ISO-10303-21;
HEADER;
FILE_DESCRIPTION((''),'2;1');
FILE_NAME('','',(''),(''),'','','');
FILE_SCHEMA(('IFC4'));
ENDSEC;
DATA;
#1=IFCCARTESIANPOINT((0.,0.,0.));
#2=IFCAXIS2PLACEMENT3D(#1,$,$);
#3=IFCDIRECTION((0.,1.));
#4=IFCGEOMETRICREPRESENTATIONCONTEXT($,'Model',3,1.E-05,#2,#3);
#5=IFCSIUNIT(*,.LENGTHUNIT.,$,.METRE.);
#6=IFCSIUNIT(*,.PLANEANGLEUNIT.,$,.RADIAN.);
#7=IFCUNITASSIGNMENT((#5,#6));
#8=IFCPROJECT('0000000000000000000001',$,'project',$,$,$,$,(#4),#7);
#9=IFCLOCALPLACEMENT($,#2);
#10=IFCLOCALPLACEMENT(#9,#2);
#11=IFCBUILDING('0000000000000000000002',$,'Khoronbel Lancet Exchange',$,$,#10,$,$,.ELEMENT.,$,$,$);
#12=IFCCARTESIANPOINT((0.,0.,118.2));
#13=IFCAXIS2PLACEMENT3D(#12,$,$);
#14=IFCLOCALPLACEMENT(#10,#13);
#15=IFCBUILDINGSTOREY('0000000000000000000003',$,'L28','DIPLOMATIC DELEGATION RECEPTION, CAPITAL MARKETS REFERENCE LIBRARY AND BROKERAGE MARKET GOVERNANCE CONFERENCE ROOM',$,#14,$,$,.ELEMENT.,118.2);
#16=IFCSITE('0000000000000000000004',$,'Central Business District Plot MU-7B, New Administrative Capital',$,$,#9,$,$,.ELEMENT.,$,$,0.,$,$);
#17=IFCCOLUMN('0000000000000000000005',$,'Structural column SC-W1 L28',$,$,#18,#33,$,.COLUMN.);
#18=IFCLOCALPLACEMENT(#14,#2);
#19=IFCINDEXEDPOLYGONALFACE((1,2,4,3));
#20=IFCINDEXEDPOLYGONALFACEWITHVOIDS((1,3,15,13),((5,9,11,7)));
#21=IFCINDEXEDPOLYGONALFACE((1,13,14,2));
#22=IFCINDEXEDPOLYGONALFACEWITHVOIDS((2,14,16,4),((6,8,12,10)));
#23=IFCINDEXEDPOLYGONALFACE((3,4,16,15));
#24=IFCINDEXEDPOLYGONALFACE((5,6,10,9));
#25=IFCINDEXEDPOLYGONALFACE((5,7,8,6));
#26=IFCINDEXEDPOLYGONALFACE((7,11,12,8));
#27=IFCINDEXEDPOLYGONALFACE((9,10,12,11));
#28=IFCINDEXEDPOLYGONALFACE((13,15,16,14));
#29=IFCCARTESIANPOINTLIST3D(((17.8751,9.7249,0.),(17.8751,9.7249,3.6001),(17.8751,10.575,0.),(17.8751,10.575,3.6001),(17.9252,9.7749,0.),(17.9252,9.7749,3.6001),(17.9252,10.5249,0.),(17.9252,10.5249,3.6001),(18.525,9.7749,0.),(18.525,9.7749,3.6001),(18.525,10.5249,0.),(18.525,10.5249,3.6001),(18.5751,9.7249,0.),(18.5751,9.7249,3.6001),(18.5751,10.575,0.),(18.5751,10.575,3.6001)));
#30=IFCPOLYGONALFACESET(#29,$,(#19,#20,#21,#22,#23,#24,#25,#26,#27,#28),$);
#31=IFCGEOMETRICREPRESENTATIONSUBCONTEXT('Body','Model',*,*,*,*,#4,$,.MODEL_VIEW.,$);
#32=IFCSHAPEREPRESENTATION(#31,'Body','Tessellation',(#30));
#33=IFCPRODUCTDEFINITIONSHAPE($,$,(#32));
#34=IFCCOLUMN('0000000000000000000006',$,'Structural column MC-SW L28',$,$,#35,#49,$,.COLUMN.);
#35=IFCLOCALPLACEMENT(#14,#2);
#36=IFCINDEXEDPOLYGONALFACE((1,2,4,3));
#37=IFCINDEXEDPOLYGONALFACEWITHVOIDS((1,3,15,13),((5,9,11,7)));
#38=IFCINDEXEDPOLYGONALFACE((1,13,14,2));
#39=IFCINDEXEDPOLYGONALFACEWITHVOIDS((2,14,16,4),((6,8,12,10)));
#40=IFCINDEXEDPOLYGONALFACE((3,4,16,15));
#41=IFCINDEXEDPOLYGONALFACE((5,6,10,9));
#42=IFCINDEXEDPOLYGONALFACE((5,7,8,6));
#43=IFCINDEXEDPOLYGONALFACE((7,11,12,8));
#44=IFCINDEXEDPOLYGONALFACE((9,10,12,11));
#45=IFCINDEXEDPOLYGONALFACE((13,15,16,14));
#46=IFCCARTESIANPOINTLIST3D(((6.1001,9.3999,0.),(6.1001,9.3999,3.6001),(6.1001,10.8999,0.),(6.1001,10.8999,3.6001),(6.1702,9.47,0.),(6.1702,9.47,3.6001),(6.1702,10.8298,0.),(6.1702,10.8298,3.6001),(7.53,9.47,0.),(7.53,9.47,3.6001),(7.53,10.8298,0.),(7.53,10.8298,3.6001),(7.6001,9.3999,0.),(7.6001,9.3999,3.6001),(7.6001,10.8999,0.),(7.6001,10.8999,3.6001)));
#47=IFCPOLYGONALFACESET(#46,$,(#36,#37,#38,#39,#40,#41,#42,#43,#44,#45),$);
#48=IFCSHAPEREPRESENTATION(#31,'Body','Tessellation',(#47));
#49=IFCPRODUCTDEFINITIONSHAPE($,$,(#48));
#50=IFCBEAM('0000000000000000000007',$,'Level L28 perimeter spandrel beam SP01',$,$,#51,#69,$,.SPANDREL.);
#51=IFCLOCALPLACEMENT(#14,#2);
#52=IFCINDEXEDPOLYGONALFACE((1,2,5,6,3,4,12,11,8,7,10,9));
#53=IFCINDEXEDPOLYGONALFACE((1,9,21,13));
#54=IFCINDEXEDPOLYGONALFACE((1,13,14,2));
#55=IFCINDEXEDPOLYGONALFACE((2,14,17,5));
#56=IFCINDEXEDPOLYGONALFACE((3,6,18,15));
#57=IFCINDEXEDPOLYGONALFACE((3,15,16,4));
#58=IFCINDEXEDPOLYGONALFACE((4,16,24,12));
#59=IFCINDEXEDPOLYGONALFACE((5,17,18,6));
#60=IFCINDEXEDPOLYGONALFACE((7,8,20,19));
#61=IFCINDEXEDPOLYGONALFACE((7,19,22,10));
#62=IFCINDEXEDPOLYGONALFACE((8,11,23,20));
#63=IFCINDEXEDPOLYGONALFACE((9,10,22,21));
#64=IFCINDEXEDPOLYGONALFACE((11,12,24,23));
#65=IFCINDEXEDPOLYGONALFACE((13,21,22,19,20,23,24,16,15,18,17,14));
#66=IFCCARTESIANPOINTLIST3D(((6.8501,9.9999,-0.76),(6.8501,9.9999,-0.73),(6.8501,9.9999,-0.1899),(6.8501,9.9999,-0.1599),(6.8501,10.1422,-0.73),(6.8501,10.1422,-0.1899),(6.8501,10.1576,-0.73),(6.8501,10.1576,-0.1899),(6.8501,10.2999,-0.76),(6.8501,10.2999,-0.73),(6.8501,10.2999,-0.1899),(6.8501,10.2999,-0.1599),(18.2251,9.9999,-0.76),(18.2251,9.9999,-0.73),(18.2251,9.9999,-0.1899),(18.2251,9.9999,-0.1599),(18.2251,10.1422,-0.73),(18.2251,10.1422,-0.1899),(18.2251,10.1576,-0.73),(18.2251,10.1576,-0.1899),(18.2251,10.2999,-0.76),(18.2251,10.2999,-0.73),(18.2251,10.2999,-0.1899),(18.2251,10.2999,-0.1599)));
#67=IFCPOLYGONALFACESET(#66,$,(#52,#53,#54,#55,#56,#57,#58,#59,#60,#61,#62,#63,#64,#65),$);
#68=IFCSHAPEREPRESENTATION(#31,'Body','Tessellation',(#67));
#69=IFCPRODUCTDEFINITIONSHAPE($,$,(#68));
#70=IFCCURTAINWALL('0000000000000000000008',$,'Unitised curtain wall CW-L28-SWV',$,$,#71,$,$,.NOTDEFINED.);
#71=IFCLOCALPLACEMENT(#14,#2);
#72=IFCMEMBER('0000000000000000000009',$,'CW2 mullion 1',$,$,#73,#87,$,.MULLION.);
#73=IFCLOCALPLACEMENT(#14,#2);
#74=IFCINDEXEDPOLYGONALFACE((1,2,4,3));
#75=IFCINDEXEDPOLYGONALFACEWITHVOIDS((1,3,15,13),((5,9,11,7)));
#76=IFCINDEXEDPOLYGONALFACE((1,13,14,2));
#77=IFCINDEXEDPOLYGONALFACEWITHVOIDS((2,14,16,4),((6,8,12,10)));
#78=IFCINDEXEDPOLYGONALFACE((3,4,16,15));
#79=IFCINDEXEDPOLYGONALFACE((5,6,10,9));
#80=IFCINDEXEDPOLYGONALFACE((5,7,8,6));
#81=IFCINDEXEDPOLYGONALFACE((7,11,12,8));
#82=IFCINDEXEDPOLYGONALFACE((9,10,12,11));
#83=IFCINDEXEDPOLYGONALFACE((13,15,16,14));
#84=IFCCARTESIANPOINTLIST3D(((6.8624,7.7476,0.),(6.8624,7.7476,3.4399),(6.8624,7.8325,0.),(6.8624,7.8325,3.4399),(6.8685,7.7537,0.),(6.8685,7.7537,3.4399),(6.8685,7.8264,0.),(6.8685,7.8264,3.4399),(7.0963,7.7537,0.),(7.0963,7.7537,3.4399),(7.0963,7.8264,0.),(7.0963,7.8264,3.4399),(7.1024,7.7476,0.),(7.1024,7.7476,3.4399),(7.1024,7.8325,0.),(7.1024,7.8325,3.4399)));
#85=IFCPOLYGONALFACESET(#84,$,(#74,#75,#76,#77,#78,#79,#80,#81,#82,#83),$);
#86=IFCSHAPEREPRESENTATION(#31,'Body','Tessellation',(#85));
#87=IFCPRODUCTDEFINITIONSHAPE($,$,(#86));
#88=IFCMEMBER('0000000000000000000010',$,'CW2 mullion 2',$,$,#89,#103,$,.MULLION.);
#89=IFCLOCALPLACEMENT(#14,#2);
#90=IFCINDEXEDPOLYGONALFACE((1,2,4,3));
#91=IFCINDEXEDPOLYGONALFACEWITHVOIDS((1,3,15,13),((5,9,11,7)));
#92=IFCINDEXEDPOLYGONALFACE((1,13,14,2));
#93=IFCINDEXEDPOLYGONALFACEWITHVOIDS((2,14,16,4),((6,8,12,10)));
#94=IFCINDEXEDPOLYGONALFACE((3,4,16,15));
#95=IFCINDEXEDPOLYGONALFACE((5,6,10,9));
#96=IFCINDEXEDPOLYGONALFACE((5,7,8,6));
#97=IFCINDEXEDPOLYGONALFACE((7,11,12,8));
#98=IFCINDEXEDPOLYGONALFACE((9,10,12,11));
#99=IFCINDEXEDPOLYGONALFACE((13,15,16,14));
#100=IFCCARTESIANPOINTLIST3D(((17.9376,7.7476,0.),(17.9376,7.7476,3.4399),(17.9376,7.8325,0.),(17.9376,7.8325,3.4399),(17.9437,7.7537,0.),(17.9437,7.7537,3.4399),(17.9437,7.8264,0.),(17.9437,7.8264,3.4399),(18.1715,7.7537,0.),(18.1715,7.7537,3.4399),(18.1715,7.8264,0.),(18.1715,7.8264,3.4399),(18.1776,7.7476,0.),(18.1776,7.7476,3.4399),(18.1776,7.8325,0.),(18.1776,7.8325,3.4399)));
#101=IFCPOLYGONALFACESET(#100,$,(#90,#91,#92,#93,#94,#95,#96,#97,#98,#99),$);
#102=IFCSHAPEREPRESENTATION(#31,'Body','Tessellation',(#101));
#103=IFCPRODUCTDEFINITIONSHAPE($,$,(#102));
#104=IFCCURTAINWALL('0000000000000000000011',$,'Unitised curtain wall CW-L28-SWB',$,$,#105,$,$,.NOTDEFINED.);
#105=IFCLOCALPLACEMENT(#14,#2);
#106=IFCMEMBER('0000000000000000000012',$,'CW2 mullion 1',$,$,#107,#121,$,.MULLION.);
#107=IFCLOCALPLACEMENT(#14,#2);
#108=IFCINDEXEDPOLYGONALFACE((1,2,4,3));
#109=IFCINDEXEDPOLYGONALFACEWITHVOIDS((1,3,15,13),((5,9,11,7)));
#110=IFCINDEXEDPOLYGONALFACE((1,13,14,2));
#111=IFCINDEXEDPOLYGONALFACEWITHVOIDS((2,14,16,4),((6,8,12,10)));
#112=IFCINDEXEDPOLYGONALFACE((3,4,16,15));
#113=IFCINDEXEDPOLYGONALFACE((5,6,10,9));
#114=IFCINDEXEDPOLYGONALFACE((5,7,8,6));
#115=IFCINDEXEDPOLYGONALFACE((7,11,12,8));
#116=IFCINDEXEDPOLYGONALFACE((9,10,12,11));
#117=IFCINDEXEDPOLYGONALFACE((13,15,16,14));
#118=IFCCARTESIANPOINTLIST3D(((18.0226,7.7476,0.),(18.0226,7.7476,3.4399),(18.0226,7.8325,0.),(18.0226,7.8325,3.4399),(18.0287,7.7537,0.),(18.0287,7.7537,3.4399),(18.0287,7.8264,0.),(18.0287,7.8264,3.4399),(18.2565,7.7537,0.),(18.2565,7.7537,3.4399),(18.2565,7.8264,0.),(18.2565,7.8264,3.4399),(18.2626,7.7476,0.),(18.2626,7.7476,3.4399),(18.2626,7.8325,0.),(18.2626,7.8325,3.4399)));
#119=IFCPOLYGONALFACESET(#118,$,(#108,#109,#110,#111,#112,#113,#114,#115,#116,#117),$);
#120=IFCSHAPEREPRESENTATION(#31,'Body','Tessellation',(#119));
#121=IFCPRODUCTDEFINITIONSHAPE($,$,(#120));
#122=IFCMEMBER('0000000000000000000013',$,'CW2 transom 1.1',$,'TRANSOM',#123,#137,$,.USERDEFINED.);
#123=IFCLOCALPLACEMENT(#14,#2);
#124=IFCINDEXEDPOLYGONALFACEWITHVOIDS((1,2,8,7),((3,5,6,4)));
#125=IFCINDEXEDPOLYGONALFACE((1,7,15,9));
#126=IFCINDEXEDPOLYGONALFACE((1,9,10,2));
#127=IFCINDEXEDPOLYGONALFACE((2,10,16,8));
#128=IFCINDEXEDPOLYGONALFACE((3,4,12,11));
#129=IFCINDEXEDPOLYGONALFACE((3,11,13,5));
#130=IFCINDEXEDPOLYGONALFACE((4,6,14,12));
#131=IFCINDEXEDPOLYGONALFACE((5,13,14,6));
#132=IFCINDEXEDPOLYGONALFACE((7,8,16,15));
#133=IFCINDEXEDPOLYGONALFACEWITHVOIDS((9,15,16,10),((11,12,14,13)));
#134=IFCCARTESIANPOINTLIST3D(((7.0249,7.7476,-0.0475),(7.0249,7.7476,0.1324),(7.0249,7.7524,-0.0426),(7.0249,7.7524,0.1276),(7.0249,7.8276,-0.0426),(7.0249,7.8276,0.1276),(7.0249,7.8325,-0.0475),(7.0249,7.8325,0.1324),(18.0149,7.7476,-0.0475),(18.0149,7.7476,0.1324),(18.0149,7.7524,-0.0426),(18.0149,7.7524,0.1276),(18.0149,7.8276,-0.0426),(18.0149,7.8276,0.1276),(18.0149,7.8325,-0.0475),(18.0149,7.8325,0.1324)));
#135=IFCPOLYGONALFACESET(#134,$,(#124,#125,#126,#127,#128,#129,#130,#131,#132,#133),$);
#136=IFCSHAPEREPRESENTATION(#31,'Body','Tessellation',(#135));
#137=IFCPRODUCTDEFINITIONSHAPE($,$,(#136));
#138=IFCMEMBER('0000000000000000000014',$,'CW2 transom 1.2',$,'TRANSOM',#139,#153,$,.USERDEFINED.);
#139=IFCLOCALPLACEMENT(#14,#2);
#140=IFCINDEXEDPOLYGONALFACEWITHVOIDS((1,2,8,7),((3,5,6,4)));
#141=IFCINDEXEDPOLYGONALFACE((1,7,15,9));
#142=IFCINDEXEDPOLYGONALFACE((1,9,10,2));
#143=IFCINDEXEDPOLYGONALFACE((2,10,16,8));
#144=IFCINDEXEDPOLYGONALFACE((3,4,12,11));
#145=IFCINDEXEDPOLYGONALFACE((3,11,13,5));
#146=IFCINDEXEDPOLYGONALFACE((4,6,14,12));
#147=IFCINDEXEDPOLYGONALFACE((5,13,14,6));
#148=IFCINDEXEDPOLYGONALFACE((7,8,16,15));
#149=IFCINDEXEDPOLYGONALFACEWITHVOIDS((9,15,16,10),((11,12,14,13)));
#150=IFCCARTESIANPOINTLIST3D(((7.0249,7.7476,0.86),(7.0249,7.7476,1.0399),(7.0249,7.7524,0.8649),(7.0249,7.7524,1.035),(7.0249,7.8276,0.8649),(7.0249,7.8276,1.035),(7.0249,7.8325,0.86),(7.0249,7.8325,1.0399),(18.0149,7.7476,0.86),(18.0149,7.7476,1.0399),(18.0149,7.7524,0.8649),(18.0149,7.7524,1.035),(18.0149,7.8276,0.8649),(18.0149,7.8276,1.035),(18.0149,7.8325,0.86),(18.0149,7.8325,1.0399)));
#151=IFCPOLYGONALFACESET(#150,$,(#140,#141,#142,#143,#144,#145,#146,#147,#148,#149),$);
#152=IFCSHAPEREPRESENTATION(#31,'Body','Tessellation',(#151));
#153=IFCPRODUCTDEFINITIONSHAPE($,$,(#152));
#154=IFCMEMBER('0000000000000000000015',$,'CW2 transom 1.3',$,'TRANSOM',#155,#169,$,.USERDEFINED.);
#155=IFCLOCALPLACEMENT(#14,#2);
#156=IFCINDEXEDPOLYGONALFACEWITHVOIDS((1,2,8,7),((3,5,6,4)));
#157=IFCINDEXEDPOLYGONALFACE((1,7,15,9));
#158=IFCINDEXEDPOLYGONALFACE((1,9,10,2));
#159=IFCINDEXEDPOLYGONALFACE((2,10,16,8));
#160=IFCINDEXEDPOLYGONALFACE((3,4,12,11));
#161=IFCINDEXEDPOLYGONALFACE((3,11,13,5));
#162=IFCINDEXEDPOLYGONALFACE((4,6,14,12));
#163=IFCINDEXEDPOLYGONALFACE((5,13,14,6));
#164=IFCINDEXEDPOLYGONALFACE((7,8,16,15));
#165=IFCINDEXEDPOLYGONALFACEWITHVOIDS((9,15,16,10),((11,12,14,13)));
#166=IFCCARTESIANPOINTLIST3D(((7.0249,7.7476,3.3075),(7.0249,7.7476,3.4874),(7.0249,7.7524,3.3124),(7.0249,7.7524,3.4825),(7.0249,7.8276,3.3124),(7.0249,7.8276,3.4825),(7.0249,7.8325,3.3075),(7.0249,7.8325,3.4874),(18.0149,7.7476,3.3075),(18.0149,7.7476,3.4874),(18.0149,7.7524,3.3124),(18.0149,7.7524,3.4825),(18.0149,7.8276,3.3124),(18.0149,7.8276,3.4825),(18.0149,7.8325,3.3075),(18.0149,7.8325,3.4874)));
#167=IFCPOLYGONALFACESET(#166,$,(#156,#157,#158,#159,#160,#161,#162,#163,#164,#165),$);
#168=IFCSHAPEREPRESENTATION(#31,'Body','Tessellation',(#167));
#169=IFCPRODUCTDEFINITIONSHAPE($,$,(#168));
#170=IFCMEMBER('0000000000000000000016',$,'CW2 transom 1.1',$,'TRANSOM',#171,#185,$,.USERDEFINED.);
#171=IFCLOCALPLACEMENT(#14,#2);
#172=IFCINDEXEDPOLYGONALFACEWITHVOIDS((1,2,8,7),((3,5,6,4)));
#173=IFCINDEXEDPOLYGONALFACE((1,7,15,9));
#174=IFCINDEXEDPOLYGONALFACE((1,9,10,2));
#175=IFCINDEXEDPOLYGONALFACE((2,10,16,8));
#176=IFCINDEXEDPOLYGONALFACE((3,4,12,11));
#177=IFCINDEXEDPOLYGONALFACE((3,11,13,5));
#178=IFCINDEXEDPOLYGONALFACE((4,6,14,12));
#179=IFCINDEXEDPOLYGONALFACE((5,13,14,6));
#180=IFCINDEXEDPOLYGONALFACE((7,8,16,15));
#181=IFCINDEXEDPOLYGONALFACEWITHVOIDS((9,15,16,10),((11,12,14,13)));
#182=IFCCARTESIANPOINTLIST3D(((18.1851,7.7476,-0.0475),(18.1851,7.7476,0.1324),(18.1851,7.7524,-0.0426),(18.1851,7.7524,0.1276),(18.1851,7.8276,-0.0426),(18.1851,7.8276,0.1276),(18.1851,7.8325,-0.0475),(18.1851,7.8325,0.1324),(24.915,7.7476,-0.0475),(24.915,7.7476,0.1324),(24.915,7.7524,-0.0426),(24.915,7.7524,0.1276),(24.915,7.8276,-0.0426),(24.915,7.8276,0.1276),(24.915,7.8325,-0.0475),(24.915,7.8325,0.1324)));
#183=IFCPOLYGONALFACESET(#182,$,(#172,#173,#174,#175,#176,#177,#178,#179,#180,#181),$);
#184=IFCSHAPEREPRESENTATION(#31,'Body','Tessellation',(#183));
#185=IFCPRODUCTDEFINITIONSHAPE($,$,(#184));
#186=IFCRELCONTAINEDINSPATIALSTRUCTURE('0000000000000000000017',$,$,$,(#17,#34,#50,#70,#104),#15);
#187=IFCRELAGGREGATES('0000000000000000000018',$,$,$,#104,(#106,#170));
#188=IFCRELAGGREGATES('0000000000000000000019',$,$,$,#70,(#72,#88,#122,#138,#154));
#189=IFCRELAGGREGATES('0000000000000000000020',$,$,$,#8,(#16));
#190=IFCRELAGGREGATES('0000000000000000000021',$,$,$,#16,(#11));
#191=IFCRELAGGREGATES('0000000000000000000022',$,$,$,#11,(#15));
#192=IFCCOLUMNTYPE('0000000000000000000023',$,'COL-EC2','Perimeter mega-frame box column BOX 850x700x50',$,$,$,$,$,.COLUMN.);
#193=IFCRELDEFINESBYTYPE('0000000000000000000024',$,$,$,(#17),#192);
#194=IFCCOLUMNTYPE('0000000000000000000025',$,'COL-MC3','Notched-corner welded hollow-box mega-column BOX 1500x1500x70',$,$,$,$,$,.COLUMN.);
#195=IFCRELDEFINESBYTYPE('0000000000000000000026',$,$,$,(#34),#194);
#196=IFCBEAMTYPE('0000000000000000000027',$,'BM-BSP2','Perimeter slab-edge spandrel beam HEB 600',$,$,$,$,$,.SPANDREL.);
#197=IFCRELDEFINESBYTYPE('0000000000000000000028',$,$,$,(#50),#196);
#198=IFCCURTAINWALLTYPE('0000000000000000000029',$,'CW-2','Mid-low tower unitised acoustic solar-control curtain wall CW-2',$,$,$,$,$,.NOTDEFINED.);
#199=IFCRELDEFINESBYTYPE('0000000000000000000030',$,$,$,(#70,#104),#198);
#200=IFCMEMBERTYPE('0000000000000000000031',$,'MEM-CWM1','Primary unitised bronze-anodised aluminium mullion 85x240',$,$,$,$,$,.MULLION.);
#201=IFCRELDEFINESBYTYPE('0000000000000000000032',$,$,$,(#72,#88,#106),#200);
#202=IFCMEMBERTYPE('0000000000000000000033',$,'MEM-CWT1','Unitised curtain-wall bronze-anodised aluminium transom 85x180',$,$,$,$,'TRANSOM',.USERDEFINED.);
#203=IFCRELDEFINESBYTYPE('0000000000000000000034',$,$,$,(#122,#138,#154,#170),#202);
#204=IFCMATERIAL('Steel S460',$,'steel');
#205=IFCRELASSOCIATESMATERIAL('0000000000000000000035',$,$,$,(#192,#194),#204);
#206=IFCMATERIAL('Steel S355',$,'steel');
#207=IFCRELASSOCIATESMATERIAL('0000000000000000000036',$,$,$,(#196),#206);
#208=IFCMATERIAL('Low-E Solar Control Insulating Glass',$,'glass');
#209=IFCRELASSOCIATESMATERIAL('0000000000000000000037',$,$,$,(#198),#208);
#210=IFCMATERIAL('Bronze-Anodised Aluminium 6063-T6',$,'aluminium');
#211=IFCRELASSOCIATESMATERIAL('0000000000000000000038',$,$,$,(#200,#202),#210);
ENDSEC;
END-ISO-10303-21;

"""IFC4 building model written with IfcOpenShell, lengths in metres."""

from ifc_helpers import new_model, si_unit, direction, frame, origin, origin_2d, place, context, subcontext, project, spatial, hollow_rectangle, i_section, extrude, material, material_profile, profile_set, type_object, element, aggregate, save


model = new_model("IFC4")

# Units and contexts
model_context = context("Model", 3, precision=1e-05, world=origin(), true_north=direction((0.0, 1.0)))
body_context = subcontext(model_context, "Body", "Model", "MODEL_VIEW")
ifc_project = project(units=[si_unit("LENGTHUNIT", "METRE"), si_unit("PLANEANGLEUNIT", "RADIAN")], contexts=[model_context])

# Site, building, storey
site_placement = place(None, origin())
site = spatial("IfcSite", under=ifc_project, at=site_placement, Name="Central Business District Plot MU-7B, New Administrative Capital", CompositionType="ELEMENT", RefElevation=0.0)
building_placement = place(site_placement, origin())
building = spatial("IfcBuilding", under=site, at=building_placement, Name="Khoronbel Lancet Exchange", CompositionType="ELEMENT")
storey_placement = place(building_placement, frame((0.0, 0.0, 118.2)))
storey = spatial("IfcBuildingStorey", under=building, at=storey_placement, Name="L28", Description="DIPLOMATIC DELEGATION RECEPTION, CAPITAL MARKETS REFERENCE LIBRARY AND BROKERAGE MARKET GOVERNANCE CONFERENCE ROOM", CompositionType="ELEMENT", Elevation=118.2)

# Columns
ifc_material_1 = material(Name="Steel S460", Category="steel")
ifc_material_profile_1 = material_profile(ifc_material_1, hollow_rectangle(XDim=0.7, YDim=0.8501, WallThickness=0.05, at=origin_2d()), Name="BOX 850x700x50")
ifc_profile_set_1 = profile_set([ifc_material_profile_1], Name="Steel S460")
column_type_1 = type_object("IfcColumnType", Name="COL-EC2", Description="Perimeter mega-frame box column BOX 850x700x50", PredefinedType="COLUMN", material=ifc_profile_set_1)
column_1_placement = place(storey_placement, frame((18.2251, 10.1499, 0.0), z_axis=(0.0, 0.0, 1.0), x_axis=(1.0, 0.0, 0.0)))
element("IfcColumn", 1, at=column_1_placement, inside=storey, type_object=column_type_1, Name="Structural column SC-W1 L28", PredefinedType="COLUMN", context=body_context, shape_type="SweptSolid", body=[
    extrude(hollow_rectangle(XDim=0.7, YDim=0.8501, WallThickness=0.05, at=origin_2d()), origin(), (0.0, 0.0, 1.0), 3.6001),
])
ifc_material_profile_2 = material_profile(ifc_material_1, hollow_rectangle(XDim=1.5, YDim=1.5, WallThickness=0.0701, at=origin_2d()), Name="BOX 1500x1500x70")
ifc_profile_set_2 = profile_set([ifc_material_profile_2], Name="Steel S460")
column_type_2 = type_object("IfcColumnType", Name="COL-MC3", Description="Notched-corner welded hollow-box mega-column BOX 1500x1500x70", PredefinedType="COLUMN", material=ifc_profile_set_2)
column_2_placement = place(storey_placement, frame((6.8501, 10.1499, 0.0), z_axis=(0.0, 0.0, 1.0), x_axis=(1.0, 0.0, 0.0)))
element("IfcColumn", 2, at=column_2_placement, inside=storey, type_object=column_type_2, Name="Structural column MC-SW L28", PredefinedType="COLUMN", context=body_context, shape_type="SweptSolid", body=[
    extrude(hollow_rectangle(XDim=1.5, YDim=1.5, WallThickness=0.0701, at=origin_2d()), origin(), (0.0, 0.0, 1.0), 3.6001),
])

# Beam
ifc_material_2 = material(Name="Steel S355", Category="steel")
ifc_material_profile_3 = material_profile(ifc_material_2, i_section(OverallWidth=0.3, OverallDepth=0.6001, WebThickness=0.0154, FlangeThickness=0.03, at=origin_2d()), Name="HEB 600")
ifc_profile_set_3 = profile_set([ifc_material_profile_3], Name="Steel S355")
beam_type = type_object("IfcBeamType", Name="BM-BSP2", Description="Perimeter slab-edge spandrel beam HEB 600", PredefinedType="SPANDREL", material=ifc_profile_set_3)
beam_placement = place(storey_placement, frame((6.8501, 10.1499, -0.46), z_axis=(1.0, 0.0, 0.0), x_axis=(0.0, 1.0, 0.0)))
element("IfcBeam", 3, at=beam_placement, inside=storey, type_object=beam_type, Name="Level L28 perimeter spandrel beam SP01", PredefinedType="SPANDREL", context=body_context, shape_type="SweptSolid", body=[
    extrude(i_section(OverallWidth=0.3, OverallDepth=0.6001, WebThickness=0.0154, FlangeThickness=0.03, at=origin_2d()), origin(), (0.0, 0.0, 1.0), 11.375),
])

# Curtain wall, members
ifc_material_3 = material(Name="Low-E Solar Control Insulating Glass", Category="glass")
curtain_wall_type = type_object("IfcCurtainWallType", Name="CW-2", Description="Mid-low tower unitised acoustic solar-control curtain wall CW-2", PredefinedType="NOTDEFINED", material=ifc_material_3)
curtain_wall_1_placement = place(storey_placement, origin())
curtain_wall_1 = element("IfcCurtainWall", 4, at=curtain_wall_1_placement, inside=storey, type_object=curtain_wall_type, Name="Unitised curtain wall CW-L28-SWV", PredefinedType="NOTDEFINED")
ifc_material_4 = material(Name="Bronze-Anodised Aluminium 6063-T6", Category="aluminium")
ifc_material_profile_4 = material_profile(ifc_material_4, hollow_rectangle(XDim=0.085, YDim=0.24, WallThickness=0.0061, at=origin_2d()), Name="ALU MULLION 85x240")
ifc_profile_set_4 = profile_set([ifc_material_profile_4], Name="Bronze-Anodised Aluminium 6063-T6")
member_type_1 = type_object("IfcMemberType", Name="MEM-CWM1", Description="Primary unitised bronze-anodised aluminium mullion 85x240", PredefinedType="MULLION", material=ifc_profile_set_4)
member_1_placement = place(storey_placement, frame((6.9824, 7.79, 0.0), z_axis=(0.0, 0.0, 1.0), x_axis=(0.0, 1.0, 0.0)))
member_1 = element("IfcMember", 5, at=member_1_placement, type_object=member_type_1, Name="CW2 mullion 1", PredefinedType="MULLION", context=body_context, shape_type="SweptSolid", body=[
    extrude(hollow_rectangle(XDim=0.085, YDim=0.24, WallThickness=0.0061, at=origin_2d()), origin(), (0.0, 0.0, 1.0), 3.4399),
])
member_2_placement = place(storey_placement, frame((18.0576, 7.79, 0.0), z_axis=(0.0, 0.0, 1.0), x_axis=(0.0, 1.0, 0.0)))
member_2 = element("IfcMember", 6, at=member_2_placement, type_object=member_type_1, Name="CW2 mullion 2", PredefinedType="MULLION", context=body_context, shape_type="SweptSolid", body=[
    extrude(hollow_rectangle(XDim=0.085, YDim=0.24, WallThickness=0.0061, at=origin_2d()), origin(), (0.0, 0.0, 1.0), 3.4399),
])

# Curtain wall, member
curtain_wall_2_placement = place(storey_placement, origin())
curtain_wall_2 = element("IfcCurtainWall", 7, at=curtain_wall_2_placement, inside=storey, type_object=curtain_wall_type, Name="Unitised curtain wall CW-L28-SWB", PredefinedType="NOTDEFINED")
member_3_placement = place(storey_placement, frame((18.1426, 7.79, 0.0), z_axis=(0.0, 0.0, 1.0), x_axis=(0.0, 1.0, 0.0)))
member_3 = element("IfcMember", 8, at=member_3_placement, type_object=member_type_1, Name="CW2 mullion 1", PredefinedType="MULLION", context=body_context, shape_type="SweptSolid", body=[
    extrude(hollow_rectangle(XDim=0.085, YDim=0.24, WallThickness=0.0061, at=origin_2d()), origin(), (0.0, 0.0, 1.0), 3.4399),
])

# Members
ifc_material_profile_5 = material_profile(ifc_material_4, hollow_rectangle(XDim=0.085, YDim=0.1799, WallThickness=0.0049, at=origin_2d()), Name="ALU TRANSOM 85x180")
ifc_profile_set_5 = profile_set([ifc_material_profile_5], Name="Bronze-Anodised Aluminium 6063-T6")
member_type_2 = type_object("IfcMemberType", Name="MEM-CWT1", Description="Unitised curtain-wall bronze-anodised aluminium transom 85x180", ElementType="TRANSOM", PredefinedType="USERDEFINED", material=ifc_profile_set_5)
member_4_placement = place(storey_placement, frame((7.0249, 7.79, 0.0425), z_axis=(1.0, 0.0, 0.0), x_axis=(0.0, 1.0, 0.0)))
member_4 = element("IfcMember", 9, at=member_4_placement, type_object=member_type_2, Name="CW2 transom 1.1", ObjectType="TRANSOM", PredefinedType="USERDEFINED", context=body_context, shape_type="SweptSolid", body=[
    extrude(hollow_rectangle(XDim=0.085, YDim=0.1799, WallThickness=0.0049, at=origin_2d()), origin(), (0.0, 0.0, 1.0), 10.99),
])
member_5_placement = place(storey_placement, frame((7.0249, 7.79, 0.95), z_axis=(1.0, 0.0, 0.0), x_axis=(0.0, 1.0, 0.0)))
member_5 = element("IfcMember", 10, at=member_5_placement, type_object=member_type_2, Name="CW2 transom 1.2", ObjectType="TRANSOM", PredefinedType="USERDEFINED", context=body_context, shape_type="SweptSolid", body=[
    extrude(hollow_rectangle(XDim=0.085, YDim=0.1799, WallThickness=0.0049, at=origin_2d()), origin(), (0.0, 0.0, 1.0), 10.99),
])
member_6_placement = place(storey_placement, frame((7.0249, 7.79, 3.3975), z_axis=(1.0, 0.0, 0.0), x_axis=(0.0, 1.0, 0.0)))
member_6 = element("IfcMember", 11, at=member_6_placement, type_object=member_type_2, Name="CW2 transom 1.3", ObjectType="TRANSOM", PredefinedType="USERDEFINED", context=body_context, shape_type="SweptSolid", body=[
    extrude(hollow_rectangle(XDim=0.085, YDim=0.1799, WallThickness=0.0049, at=origin_2d()), origin(), (0.0, 0.0, 1.0), 10.99),
])
member_7_placement = place(storey_placement, frame((18.1851, 7.79, 0.0425), z_axis=(1.0, 0.0, 0.0), x_axis=(0.0, 1.0, 0.0)))
member_7 = element("IfcMember", 12, at=member_7_placement, type_object=member_type_2, Name="CW2 transom 1.1", ObjectType="TRANSOM", PredefinedType="USERDEFINED", context=body_context, shape_type="SweptSolid", body=[
    extrude(hollow_rectangle(XDim=0.085, YDim=0.1799, WallThickness=0.0049, at=origin_2d()), origin(), (0.0, 0.0, 1.0), 6.73),
])
aggregate(curtain_wall_2, [member_3, member_7])

aggregate(curtain_wall_1, [member_1, member_2, member_4, member_5, member_6])

save(model, "model.ifc")
